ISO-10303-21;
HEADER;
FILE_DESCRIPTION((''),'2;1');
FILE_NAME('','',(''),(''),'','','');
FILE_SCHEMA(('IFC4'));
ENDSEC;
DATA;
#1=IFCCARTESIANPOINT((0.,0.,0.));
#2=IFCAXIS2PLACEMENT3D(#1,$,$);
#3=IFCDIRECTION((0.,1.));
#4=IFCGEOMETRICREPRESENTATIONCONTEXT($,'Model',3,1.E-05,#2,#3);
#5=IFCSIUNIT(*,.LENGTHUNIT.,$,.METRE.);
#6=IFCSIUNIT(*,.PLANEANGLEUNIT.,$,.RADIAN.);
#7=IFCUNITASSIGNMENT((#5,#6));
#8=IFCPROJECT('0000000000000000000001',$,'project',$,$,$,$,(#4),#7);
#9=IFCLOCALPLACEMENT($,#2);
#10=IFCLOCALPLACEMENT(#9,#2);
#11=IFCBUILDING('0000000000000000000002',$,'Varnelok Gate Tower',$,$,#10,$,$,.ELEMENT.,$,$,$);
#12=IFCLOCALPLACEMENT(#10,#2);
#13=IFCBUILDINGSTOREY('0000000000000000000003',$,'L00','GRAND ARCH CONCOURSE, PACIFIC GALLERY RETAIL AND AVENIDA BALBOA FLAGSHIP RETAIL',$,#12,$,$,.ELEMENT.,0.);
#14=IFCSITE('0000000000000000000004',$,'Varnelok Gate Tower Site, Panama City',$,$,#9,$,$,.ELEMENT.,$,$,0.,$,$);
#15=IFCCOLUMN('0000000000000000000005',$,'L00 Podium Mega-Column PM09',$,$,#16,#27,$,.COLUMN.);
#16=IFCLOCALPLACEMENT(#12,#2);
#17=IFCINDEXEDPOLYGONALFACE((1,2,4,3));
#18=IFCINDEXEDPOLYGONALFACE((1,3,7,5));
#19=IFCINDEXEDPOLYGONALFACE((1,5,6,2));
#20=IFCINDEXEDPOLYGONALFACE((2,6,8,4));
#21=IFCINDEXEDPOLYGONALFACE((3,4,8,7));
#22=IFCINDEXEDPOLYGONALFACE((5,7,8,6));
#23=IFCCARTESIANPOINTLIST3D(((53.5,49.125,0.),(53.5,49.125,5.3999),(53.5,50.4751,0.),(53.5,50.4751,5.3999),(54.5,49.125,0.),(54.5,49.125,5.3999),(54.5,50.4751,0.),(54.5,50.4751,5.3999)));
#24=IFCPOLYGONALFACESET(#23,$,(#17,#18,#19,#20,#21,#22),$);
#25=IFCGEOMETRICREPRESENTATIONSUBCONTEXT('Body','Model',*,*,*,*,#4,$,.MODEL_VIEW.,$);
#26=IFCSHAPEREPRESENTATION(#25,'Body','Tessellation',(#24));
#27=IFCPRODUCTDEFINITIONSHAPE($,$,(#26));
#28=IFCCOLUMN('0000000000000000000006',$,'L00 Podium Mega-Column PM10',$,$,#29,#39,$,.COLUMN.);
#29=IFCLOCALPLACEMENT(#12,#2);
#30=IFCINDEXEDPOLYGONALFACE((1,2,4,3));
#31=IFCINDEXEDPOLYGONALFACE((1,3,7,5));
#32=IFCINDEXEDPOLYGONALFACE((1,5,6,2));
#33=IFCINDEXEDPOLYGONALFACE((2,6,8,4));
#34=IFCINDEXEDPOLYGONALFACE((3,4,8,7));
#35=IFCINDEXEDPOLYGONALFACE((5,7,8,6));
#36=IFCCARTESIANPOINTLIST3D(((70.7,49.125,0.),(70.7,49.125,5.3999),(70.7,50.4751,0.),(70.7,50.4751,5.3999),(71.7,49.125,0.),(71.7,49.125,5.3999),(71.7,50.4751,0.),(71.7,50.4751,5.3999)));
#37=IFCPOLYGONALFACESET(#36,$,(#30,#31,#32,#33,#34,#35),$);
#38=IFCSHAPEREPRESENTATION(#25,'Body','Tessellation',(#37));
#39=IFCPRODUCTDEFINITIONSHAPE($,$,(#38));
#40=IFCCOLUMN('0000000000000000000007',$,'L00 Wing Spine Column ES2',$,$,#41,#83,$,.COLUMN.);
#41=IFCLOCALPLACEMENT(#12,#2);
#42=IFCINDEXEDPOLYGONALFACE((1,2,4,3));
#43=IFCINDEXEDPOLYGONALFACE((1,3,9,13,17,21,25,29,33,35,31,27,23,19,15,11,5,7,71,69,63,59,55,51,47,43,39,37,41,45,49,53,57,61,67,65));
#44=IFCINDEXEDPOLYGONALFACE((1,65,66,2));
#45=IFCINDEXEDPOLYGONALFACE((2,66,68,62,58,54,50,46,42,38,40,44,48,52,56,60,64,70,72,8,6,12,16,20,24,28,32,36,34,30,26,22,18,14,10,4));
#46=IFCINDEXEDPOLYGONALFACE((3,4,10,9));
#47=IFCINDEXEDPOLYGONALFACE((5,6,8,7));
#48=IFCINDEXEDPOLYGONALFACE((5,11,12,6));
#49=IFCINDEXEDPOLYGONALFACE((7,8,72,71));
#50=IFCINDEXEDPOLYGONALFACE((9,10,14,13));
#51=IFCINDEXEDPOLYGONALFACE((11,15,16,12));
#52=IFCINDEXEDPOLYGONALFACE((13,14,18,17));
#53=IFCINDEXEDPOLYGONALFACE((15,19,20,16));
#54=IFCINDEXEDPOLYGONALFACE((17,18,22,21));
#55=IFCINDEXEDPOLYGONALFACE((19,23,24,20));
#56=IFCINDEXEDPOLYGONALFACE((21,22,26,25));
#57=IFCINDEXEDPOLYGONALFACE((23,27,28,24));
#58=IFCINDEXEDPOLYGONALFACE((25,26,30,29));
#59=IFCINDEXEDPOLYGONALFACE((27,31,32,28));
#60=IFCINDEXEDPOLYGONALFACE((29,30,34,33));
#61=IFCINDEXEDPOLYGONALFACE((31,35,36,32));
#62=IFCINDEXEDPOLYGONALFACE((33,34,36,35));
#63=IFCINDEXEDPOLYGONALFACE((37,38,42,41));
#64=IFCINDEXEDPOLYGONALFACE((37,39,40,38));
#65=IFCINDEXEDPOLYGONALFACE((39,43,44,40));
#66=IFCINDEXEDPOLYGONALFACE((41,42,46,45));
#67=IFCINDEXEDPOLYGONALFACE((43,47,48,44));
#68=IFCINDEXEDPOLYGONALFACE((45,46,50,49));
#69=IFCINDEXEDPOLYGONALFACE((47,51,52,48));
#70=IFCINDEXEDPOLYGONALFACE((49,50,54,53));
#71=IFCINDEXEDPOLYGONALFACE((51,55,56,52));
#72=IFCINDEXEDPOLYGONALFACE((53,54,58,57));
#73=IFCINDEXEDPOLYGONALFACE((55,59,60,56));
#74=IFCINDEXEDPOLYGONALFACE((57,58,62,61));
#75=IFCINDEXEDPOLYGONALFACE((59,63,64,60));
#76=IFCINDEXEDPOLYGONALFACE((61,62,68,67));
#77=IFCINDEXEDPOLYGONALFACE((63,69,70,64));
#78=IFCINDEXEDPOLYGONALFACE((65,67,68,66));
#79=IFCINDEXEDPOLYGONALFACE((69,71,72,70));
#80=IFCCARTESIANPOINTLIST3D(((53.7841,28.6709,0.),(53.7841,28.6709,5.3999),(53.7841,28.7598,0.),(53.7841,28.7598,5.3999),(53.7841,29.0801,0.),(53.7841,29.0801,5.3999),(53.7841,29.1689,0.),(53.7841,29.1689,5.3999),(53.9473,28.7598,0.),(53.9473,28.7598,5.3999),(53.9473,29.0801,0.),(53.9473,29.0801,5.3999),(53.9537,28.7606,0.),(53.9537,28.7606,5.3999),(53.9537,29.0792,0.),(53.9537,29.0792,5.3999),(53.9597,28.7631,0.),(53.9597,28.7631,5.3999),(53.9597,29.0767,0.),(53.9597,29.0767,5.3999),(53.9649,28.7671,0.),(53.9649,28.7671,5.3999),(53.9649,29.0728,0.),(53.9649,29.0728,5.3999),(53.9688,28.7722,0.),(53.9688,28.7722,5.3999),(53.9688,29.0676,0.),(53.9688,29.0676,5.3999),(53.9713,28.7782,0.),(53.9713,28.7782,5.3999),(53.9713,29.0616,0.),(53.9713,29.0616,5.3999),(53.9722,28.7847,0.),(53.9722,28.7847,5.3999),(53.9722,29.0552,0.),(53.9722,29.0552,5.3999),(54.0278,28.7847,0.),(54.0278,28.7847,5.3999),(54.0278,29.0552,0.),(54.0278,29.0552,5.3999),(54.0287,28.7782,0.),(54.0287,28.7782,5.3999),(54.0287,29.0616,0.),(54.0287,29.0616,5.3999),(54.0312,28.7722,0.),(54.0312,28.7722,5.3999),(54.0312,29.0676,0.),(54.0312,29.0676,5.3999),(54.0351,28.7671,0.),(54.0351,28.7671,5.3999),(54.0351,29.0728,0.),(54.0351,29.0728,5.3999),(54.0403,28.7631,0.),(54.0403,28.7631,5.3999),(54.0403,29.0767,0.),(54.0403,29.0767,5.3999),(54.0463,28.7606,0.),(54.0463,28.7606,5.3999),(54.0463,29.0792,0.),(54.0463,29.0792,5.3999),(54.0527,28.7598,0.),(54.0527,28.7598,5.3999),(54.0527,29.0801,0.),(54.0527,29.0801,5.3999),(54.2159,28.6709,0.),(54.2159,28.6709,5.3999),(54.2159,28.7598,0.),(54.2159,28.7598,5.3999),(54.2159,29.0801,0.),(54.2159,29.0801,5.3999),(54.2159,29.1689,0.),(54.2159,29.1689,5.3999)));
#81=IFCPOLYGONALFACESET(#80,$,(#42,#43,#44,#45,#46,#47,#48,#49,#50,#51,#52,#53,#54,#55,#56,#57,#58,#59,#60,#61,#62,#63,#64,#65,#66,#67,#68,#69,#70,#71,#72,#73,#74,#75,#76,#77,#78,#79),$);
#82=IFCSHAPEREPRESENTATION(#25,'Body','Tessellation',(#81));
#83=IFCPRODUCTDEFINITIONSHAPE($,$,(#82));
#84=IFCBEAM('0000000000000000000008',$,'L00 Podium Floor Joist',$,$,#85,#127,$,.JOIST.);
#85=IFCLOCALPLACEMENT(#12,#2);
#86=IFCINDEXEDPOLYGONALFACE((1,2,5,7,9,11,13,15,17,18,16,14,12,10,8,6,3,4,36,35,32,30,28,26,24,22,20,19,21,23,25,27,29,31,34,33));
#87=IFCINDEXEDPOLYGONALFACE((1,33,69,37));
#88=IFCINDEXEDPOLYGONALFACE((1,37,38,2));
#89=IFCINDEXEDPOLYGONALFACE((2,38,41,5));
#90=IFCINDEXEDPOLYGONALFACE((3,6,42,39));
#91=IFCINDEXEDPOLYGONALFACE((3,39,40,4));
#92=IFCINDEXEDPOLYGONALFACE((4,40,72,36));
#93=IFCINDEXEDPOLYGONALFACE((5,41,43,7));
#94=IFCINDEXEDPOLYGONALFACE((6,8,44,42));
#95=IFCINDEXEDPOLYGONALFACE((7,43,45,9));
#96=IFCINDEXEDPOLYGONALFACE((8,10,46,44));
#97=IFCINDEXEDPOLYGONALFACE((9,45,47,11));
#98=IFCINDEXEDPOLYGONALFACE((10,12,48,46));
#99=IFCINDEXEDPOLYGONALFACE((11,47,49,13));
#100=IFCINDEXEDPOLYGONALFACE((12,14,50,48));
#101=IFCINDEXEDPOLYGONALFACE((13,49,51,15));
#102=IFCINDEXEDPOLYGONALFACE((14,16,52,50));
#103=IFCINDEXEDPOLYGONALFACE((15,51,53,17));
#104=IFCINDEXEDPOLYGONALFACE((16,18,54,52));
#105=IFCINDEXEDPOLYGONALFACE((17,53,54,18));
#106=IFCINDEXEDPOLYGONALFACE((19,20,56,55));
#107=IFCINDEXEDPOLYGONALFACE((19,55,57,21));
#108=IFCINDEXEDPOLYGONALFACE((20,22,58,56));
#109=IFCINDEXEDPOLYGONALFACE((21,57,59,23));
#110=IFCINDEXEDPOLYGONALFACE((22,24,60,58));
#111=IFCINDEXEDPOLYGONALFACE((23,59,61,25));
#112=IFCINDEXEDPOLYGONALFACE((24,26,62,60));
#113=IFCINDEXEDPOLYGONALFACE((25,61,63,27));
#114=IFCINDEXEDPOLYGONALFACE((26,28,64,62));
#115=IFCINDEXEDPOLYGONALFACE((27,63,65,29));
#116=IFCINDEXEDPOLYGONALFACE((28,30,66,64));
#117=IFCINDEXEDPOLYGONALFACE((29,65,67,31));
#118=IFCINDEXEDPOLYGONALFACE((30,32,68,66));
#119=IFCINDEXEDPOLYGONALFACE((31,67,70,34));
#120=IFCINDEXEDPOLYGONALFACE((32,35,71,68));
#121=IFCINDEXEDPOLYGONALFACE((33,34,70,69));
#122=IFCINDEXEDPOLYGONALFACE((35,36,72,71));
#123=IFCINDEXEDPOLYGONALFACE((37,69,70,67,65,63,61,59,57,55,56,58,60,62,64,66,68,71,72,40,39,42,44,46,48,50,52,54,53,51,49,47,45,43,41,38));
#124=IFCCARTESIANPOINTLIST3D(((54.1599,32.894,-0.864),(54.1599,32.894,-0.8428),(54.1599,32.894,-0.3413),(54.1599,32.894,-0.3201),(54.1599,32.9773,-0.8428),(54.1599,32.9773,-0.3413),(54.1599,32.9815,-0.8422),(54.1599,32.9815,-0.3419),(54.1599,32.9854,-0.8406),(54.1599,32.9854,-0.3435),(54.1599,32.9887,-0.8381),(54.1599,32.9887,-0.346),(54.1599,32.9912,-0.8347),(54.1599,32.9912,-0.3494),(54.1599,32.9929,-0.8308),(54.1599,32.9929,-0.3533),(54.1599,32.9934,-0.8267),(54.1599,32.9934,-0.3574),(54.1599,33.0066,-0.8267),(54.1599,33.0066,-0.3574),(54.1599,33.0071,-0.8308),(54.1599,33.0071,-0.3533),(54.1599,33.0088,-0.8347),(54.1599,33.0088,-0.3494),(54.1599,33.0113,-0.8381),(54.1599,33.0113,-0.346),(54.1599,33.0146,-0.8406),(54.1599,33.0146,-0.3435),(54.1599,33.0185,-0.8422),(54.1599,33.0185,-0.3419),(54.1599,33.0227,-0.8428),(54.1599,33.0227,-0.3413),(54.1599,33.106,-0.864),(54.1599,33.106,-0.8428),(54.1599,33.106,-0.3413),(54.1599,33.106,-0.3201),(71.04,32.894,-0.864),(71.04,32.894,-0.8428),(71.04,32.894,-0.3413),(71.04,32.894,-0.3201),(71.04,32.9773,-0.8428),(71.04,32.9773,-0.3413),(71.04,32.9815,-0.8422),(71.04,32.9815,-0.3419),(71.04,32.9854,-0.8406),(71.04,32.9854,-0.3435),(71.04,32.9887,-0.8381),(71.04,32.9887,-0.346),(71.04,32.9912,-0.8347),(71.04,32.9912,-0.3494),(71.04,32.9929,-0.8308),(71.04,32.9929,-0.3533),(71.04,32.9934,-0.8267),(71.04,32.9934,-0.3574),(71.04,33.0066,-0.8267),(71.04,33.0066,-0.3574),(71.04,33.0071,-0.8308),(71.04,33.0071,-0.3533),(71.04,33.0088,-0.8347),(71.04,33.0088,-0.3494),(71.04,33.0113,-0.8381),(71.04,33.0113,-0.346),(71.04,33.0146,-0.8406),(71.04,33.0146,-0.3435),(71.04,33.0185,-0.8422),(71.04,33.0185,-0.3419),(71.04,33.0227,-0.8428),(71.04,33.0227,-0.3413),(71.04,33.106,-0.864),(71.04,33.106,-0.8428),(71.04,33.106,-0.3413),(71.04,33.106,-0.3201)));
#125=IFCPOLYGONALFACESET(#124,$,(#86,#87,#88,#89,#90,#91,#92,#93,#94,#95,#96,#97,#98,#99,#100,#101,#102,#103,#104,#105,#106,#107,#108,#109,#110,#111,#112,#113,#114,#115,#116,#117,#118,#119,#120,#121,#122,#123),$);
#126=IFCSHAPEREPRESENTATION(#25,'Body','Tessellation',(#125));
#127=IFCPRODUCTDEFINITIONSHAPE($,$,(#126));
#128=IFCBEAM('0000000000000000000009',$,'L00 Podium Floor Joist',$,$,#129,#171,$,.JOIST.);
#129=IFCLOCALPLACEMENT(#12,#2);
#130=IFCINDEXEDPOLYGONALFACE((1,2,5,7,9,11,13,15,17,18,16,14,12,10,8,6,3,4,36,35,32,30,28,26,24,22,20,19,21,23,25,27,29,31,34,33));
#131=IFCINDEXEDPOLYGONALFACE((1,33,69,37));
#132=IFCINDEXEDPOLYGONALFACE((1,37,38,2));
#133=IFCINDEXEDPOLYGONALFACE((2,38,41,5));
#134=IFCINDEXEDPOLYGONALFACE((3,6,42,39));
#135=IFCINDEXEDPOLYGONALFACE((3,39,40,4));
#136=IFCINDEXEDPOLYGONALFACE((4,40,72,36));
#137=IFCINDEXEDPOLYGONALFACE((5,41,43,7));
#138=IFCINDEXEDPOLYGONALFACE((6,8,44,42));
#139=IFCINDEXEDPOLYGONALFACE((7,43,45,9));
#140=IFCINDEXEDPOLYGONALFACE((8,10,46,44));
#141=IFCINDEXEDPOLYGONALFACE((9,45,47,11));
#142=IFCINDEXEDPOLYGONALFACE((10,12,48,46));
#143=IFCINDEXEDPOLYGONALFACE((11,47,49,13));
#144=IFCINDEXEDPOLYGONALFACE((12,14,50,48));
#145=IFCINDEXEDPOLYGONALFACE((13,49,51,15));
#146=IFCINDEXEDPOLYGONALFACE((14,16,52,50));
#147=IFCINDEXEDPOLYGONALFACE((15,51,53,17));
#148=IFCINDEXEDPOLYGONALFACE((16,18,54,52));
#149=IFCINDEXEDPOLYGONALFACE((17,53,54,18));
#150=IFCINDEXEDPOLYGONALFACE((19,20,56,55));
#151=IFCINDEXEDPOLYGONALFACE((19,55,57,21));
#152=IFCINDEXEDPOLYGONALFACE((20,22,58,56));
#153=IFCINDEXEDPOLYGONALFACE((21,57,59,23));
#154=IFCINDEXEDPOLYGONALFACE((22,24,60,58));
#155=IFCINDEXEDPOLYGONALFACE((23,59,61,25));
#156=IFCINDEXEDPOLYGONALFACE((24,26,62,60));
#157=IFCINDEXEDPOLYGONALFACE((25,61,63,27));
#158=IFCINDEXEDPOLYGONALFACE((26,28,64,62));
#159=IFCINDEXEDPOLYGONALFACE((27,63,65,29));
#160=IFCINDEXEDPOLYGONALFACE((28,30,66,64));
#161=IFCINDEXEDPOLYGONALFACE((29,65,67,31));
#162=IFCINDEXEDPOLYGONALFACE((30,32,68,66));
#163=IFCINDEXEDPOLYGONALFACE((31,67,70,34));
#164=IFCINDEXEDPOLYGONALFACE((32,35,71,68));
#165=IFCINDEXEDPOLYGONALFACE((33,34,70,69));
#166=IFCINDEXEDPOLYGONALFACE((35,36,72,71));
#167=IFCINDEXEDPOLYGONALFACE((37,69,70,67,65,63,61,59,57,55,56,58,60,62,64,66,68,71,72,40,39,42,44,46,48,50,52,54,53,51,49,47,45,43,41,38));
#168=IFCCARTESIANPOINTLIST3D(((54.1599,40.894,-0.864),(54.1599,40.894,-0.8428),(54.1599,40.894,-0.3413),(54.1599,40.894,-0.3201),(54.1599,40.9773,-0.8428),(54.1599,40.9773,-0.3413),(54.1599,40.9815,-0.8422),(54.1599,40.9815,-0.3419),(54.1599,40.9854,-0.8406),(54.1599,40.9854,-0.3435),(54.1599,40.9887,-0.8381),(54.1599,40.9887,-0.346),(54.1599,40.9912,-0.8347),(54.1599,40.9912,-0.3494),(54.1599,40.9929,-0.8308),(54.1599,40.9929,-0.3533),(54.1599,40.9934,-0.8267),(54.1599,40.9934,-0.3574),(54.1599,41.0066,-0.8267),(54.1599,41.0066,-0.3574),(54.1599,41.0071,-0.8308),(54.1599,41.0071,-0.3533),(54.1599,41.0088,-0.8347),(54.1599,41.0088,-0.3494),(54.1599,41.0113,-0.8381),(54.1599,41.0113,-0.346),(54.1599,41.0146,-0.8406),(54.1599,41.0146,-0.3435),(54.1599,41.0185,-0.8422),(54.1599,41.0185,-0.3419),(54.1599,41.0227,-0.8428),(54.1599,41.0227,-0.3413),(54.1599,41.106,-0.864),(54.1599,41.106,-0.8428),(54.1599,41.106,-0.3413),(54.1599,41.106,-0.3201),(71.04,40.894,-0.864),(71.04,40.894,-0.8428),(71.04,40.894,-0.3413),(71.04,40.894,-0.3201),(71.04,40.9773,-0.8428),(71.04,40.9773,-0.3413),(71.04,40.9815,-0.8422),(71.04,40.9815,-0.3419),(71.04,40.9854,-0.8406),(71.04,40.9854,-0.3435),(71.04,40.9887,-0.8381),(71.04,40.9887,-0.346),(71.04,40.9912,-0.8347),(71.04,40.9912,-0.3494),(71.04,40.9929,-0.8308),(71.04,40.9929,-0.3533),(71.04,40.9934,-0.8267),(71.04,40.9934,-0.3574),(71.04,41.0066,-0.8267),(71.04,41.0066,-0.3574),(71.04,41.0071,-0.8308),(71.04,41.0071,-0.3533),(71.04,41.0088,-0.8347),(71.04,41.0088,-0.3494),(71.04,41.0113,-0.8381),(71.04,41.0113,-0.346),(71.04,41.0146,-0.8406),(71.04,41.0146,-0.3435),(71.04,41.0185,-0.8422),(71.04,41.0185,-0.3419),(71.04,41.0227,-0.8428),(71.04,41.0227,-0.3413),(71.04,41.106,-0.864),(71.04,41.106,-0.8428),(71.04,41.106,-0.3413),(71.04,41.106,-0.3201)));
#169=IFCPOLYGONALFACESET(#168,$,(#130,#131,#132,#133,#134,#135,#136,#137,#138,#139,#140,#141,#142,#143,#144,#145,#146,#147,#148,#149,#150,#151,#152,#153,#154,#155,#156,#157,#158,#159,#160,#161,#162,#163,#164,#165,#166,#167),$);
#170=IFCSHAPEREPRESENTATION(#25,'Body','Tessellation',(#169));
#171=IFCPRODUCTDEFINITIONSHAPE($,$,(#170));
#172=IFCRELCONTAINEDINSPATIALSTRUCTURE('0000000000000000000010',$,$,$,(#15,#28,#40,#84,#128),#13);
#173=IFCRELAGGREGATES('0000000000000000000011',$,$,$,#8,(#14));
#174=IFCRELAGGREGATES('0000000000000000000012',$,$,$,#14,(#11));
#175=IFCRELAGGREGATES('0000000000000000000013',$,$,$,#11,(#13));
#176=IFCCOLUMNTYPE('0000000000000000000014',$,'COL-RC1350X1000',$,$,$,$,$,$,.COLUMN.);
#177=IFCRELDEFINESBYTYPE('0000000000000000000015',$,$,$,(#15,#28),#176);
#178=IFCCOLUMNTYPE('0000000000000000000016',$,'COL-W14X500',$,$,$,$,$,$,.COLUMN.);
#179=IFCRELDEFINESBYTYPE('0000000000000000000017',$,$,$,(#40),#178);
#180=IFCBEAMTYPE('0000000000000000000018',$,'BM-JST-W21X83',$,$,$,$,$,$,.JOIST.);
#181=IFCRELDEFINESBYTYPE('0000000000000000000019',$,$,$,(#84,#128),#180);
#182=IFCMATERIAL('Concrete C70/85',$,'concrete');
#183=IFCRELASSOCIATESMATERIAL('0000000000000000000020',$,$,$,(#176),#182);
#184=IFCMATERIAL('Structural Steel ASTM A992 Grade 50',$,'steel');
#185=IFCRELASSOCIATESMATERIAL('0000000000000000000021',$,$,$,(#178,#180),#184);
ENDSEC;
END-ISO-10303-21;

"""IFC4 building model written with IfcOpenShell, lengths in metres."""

from ifc_helpers import new_model, si_unit, direction, frame, origin, origin_2d, place, context, subcontext, project, spatial, rectangle, i_section, extrude, material, material_profile, profile_set, type_object, element, save


model = new_model("IFC4")

# Units and contexts
model_context = context("Model", 3, precision=1e-05, world=origin(), true_north=direction((0.0, 1.0)))
body_context = subcontext(model_context, "Body", "Model", "MODEL_VIEW")
ifc_project = project(units=[si_unit("LENGTHUNIT", "METRE"), si_unit("PLANEANGLEUNIT", "RADIAN")], contexts=[model_context])

# Site, building, storey
site_placement = place(None, origin())
site = spatial("IfcSite", under=ifc_project, at=site_placement, Name="Varnelok Gate Tower Site, Panama City", CompositionType="ELEMENT", RefElevation=0.0)
building_placement = place(site_placement, origin())
building = spatial("IfcBuilding", under=site, at=building_placement, Name="Varnelok Gate Tower", CompositionType="ELEMENT")
storey_placement = place(building_placement, origin())
storey = spatial("IfcBuildingStorey", under=building, at=storey_placement, Name="L00", Description="GRAND ARCH CONCOURSE, PACIFIC GALLERY RETAIL AND AVENIDA BALBOA FLAGSHIP RETAIL", CompositionType="ELEMENT", Elevation=0.0)

# Columns
ifc_material_1 = material(Name="Concrete C70/85", Category="concrete")
ifc_material_profile_1 = material_profile(ifc_material_1, rectangle(XDim=1.0, YDim=1.3501, at=origin_2d()), Name="RC1350X1000")
ifc_profile_set_1 = profile_set([ifc_material_profile_1], Name="Concrete C70/85")
column_type_1 = type_object("IfcColumnType", Name="COL-RC1350X1000", PredefinedType="COLUMN", material=ifc_profile_set_1)
for number, where, z_axis, x_axis, name in (
    (1, (54.0, 49.8, 0.0), (0.0, 0.0, 1.0), (1.0, 0.0, 0.0), "L00 Podium Mega-Column PM09"),
    (2, (71.2, 49.8, 0.0), (0.0, 0.0, 1.0), (1.0, 0.0, 0.0), "L00 Podium Mega-Column PM10"),
):
    element("IfcColumn", number, at=place(storey_placement, frame(where, z_axis=z_axis, x_axis=x_axis)), inside=storey, type_object=column_type_1, Name=name, PredefinedType="COLUMN", context=body_context, shape_type="SweptSolid", body=[
        extrude(rectangle(XDim=1.0, YDim=1.3501, at=origin_2d()), origin(), (0.0, 0.0, 1.0), 5.3999),
    ])
ifc_material_2 = material(Name="Structural Steel ASTM A992 Grade 50", Category="steel")
ifc_material_profile_2 = material_profile(ifc_material_2, i_section(OverallWidth=0.4319, OverallDepth=0.498, WebThickness=0.0557, FlangeThickness=0.0889, FilletRadius=0.0249, at=origin_2d()), Name="W14X500")
ifc_profile_set_2 = profile_set([ifc_material_profile_2], Name="Structural Steel ASTM A992 Grade 50")
column_type_2 = type_object("IfcColumnType", Name="COL-W14X500", PredefinedType="COLUMN", material=ifc_profile_set_2)
column_placement = place(storey_placement, frame((54.0, 28.9199, 0.0), z_axis=(0.0, 0.0, 1.0), x_axis=(1.0, 0.0, 0.0)))
element("IfcColumn", 3, at=column_placement, inside=storey, type_object=column_type_2, Name="L00 Wing Spine Column ES2", PredefinedType="COLUMN", context=body_context, shape_type="SweptSolid", body=[
    extrude(i_section(OverallWidth=0.4319, OverallDepth=0.498, WebThickness=0.0557, FlangeThickness=0.0889, FilletRadius=0.0249, at=origin_2d()), origin(), (0.0, 0.0, 1.0), 5.3999),
])

# Beams
ifc_material_profile_3 = material_profile(ifc_material_2, i_section(OverallWidth=0.2119, OverallDepth=0.5439, WebThickness=0.0132, FlangeThickness=0.0212, FilletRadius=0.0161, at=origin_2d()), Name="W21X83")
ifc_profile_set_3 = profile_set([ifc_material_profile_3], Name="Structural Steel ASTM A992 Grade 50")
beam_type_1 = type_object("IfcBeamType", Name="BM-JST-W21X83", PredefinedType="JOIST", material=ifc_profile_set_3)
for number, where, z_axis, x_axis, name in (
    (4, (54.1599, 33.0, -0.592), (1.0, 0.0, 0.0), (0.0, 1.0, 0.0), "L00 Podium Floor Joist"),
    (5, (54.1599, 41.0, -0.592), (1.0, 0.0, 0.0), (0.0, 1.0, 0.0), "L00 Podium Floor Joist"),
):
    element("IfcBeam", number, at=place(storey_placement, frame(where, z_axis=z_axis, x_axis=x_axis)), inside=storey, type_object=beam_type_1, Name=name, PredefinedType="JOIST", context=body_context, shape_type="SweptSolid", body=[
        extrude(i_section(OverallWidth=0.2119, OverallDepth=0.5439, WebThickness=0.0132, FlangeThickness=0.0212, FilletRadius=0.0161, at=origin_2d()), origin(), (0.0, 0.0, 1.0), 16.8801),
    ])

save(model, "model.ifc")
